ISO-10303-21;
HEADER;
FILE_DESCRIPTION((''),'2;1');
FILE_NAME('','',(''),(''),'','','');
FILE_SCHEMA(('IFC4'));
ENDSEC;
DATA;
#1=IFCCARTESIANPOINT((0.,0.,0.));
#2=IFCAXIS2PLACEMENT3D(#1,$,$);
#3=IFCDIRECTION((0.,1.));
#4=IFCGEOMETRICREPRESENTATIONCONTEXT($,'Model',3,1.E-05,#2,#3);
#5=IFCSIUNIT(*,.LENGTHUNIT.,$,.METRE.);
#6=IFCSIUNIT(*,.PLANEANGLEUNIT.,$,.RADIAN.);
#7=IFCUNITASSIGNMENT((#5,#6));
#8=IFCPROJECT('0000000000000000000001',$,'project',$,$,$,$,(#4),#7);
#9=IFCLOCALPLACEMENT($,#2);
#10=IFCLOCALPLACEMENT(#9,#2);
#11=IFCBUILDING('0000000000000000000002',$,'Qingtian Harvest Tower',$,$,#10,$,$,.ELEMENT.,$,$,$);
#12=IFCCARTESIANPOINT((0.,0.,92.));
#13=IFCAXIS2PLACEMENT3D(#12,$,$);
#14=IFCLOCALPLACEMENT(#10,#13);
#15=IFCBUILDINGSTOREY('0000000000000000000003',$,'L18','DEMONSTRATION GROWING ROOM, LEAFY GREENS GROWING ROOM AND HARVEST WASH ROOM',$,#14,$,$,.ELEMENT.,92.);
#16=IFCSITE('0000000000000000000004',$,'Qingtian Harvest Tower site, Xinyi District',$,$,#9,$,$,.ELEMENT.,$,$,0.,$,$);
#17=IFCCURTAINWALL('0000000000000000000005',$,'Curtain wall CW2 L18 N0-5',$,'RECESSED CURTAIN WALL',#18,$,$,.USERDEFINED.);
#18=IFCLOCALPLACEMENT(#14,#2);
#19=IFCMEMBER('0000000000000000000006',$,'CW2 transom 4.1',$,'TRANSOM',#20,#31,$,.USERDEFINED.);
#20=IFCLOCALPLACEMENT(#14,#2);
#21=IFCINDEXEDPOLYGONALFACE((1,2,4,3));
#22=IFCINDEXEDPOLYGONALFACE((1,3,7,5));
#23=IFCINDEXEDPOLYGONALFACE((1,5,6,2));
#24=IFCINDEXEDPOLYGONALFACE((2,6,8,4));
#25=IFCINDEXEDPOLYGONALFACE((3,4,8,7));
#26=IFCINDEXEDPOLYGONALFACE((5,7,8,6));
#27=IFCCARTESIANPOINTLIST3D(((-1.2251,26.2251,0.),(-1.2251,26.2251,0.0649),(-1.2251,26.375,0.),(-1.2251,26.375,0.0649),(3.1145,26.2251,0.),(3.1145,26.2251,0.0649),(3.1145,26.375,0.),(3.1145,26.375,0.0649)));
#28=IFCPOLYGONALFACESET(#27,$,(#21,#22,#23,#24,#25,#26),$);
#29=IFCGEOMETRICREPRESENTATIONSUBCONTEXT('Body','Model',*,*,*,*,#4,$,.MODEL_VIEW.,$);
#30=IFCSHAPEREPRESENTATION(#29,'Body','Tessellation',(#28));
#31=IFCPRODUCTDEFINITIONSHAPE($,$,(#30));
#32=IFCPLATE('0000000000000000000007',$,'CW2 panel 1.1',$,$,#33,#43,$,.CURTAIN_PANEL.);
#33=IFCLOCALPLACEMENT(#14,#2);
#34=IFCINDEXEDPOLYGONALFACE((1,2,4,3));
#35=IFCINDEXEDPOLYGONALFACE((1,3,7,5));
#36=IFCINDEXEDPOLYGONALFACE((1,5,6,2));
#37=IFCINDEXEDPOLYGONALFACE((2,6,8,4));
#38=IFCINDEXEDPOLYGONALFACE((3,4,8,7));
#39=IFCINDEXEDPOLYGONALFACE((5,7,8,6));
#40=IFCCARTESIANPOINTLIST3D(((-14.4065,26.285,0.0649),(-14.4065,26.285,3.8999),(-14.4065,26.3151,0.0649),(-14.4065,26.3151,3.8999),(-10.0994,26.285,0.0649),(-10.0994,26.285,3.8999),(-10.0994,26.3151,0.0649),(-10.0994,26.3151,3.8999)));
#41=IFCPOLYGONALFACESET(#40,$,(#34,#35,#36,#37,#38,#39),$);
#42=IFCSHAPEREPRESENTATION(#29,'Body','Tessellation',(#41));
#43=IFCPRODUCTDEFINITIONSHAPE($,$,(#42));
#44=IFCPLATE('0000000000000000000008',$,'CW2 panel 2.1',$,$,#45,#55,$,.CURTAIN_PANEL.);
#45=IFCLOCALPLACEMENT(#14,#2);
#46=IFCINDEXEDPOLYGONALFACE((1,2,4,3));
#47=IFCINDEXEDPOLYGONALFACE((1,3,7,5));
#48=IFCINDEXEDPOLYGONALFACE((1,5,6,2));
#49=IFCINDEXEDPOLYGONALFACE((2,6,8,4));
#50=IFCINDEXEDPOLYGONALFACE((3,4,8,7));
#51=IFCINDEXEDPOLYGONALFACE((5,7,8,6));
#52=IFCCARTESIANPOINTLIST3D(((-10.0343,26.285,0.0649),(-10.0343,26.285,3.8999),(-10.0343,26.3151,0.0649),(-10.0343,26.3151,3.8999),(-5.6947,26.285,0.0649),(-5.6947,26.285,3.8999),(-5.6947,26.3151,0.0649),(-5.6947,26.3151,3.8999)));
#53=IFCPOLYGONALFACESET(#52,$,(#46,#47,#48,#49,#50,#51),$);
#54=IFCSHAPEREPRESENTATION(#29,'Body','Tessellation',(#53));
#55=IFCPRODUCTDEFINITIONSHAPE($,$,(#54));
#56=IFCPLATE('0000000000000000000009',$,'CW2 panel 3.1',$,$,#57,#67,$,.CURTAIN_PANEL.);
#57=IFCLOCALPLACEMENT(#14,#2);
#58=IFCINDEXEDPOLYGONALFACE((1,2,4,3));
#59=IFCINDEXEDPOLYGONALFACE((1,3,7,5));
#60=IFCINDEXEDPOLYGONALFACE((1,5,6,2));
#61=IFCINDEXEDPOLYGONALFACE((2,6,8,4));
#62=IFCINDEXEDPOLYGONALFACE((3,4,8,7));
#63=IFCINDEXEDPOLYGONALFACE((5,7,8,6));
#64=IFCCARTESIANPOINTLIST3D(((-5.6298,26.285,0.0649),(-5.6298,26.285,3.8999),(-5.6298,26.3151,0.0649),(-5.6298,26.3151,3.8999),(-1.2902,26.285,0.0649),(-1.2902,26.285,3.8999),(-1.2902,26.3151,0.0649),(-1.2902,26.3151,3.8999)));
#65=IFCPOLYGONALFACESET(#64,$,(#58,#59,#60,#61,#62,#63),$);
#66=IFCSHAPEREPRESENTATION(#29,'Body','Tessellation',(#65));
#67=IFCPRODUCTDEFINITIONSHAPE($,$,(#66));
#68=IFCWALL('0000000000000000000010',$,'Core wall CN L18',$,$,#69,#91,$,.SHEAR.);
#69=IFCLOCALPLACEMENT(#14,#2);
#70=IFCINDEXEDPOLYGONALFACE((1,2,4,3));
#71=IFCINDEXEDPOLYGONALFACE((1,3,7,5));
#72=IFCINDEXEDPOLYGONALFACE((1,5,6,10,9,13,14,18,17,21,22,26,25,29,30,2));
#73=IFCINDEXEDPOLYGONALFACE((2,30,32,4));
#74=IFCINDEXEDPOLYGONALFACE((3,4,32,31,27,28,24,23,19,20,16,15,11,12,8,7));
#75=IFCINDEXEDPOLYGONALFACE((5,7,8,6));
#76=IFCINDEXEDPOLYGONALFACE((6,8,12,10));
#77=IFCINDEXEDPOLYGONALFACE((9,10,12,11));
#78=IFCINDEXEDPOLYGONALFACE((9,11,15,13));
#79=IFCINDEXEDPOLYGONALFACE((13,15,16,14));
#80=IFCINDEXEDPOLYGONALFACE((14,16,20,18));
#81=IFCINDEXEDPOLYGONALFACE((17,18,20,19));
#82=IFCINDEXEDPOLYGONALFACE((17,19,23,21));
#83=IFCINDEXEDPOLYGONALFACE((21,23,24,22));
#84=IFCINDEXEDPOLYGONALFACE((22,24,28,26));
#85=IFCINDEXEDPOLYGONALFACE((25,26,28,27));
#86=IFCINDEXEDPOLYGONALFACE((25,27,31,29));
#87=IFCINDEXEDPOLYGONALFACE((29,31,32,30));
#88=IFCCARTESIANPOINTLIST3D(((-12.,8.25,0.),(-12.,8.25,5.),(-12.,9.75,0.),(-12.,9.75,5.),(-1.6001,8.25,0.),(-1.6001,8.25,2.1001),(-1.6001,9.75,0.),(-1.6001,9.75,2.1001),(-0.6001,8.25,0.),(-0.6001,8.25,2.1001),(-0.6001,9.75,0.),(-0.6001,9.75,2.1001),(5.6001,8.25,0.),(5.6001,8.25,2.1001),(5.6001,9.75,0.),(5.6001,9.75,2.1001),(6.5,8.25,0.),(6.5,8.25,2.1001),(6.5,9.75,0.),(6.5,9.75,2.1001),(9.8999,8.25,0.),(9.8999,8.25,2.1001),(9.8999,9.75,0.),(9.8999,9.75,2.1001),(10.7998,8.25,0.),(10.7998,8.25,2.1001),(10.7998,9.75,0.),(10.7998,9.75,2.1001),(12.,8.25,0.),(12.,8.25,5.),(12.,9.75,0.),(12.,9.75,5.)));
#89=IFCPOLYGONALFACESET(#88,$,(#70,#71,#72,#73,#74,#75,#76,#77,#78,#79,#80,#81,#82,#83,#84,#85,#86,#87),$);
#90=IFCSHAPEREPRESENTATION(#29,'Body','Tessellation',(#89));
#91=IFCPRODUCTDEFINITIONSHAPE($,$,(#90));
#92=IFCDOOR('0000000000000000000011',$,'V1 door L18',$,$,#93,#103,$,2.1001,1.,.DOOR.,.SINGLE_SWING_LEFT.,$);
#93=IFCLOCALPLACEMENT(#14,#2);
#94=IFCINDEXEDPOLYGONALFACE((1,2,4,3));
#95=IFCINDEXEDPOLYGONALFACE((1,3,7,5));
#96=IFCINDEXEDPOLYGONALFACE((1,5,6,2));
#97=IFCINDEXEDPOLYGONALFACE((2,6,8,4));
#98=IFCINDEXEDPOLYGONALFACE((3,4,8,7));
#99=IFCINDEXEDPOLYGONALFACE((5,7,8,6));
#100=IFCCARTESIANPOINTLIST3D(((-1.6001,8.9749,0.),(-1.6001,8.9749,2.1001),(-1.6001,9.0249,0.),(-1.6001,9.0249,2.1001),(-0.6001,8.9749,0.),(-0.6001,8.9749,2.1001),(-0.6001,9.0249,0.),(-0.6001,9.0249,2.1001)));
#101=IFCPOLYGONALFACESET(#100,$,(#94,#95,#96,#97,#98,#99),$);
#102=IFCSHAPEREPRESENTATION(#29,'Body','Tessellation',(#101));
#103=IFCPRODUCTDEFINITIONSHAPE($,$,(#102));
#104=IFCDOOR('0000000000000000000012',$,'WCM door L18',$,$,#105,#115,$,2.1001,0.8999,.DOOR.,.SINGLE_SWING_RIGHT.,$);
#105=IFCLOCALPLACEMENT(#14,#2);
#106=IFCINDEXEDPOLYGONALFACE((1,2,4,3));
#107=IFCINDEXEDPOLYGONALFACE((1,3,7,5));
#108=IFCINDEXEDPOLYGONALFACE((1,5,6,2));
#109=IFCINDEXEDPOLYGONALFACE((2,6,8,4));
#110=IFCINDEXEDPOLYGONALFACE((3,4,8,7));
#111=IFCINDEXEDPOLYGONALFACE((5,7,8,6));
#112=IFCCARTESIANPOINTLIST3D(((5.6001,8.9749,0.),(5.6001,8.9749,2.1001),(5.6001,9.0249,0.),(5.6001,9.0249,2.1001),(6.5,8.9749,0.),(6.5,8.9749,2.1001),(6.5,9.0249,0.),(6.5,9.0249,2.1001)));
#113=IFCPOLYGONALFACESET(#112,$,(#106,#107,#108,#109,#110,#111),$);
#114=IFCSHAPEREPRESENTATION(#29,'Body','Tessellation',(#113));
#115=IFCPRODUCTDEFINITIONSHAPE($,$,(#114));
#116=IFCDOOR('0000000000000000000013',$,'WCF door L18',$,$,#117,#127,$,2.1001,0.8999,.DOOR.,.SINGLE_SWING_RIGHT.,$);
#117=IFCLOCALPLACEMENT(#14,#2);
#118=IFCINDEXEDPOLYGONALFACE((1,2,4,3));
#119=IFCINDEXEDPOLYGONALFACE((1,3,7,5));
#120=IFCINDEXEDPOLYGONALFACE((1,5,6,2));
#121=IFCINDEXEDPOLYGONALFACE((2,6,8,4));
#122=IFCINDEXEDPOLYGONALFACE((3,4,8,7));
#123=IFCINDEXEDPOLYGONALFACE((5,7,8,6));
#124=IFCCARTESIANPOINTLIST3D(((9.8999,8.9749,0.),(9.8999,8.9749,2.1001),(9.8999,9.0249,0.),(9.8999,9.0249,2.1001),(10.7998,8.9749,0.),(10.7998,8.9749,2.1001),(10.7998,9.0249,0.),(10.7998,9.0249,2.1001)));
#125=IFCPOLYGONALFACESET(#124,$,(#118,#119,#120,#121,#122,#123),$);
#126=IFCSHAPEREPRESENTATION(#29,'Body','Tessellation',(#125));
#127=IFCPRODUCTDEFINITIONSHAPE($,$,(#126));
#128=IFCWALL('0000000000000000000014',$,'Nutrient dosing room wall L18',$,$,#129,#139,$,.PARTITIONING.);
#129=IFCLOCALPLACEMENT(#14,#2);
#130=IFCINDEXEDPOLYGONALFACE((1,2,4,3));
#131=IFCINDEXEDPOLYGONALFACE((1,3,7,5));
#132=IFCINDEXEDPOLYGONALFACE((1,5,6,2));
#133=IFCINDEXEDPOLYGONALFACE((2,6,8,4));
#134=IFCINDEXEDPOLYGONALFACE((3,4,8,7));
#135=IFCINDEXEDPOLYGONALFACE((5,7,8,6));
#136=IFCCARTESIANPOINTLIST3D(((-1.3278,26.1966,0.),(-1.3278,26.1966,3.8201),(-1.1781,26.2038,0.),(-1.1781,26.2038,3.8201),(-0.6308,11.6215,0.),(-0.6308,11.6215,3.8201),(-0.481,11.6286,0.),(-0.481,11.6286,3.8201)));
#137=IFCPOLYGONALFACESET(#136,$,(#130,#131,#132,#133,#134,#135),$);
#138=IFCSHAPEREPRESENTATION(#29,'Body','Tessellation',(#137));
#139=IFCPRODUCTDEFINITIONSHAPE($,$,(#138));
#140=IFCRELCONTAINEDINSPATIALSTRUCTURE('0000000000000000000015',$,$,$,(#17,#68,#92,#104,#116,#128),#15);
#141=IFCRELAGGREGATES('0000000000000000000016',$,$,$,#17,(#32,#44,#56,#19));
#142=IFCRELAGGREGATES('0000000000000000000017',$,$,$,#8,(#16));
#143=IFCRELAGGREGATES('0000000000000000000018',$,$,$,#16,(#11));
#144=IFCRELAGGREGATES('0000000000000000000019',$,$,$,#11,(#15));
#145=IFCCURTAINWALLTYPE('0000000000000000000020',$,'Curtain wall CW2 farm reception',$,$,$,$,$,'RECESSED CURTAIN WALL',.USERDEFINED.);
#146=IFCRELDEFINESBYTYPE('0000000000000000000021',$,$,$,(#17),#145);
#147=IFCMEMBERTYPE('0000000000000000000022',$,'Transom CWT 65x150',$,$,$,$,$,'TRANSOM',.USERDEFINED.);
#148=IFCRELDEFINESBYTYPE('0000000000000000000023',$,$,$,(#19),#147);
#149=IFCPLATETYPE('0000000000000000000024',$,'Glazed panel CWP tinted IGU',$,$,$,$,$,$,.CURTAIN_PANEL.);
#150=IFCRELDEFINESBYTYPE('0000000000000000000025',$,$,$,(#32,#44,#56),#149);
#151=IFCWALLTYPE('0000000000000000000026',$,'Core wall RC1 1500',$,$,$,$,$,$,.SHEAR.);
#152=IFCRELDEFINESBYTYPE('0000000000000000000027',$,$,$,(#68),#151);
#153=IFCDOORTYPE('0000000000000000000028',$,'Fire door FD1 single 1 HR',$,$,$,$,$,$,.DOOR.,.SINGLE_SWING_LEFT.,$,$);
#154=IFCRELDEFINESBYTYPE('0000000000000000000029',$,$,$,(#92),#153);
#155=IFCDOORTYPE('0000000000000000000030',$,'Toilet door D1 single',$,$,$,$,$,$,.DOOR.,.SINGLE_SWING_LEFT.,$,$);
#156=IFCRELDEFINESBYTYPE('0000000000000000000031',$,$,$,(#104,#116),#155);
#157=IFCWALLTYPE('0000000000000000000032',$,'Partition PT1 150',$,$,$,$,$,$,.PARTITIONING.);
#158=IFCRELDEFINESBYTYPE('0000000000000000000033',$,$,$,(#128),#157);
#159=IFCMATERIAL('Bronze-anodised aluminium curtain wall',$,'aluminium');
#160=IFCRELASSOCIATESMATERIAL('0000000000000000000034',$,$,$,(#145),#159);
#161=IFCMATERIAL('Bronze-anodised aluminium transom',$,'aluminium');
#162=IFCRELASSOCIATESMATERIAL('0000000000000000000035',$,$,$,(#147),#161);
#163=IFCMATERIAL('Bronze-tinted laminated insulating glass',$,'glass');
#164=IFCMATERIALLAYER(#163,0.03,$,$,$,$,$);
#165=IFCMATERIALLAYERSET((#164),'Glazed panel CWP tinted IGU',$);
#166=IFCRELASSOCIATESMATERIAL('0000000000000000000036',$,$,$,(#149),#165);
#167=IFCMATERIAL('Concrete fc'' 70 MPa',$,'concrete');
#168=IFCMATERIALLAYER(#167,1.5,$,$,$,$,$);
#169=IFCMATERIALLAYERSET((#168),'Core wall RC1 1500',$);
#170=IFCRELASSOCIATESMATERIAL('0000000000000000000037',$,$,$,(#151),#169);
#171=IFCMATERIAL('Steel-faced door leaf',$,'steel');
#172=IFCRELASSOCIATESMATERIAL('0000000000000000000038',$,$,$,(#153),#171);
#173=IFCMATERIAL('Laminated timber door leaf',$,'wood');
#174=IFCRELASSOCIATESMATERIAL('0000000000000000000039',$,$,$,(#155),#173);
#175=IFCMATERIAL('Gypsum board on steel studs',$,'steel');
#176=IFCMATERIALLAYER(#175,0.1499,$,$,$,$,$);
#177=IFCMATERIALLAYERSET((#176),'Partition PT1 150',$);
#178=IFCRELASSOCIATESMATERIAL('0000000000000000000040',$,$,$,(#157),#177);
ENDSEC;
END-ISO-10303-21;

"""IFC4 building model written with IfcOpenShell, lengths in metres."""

from ifc_helpers import new_model, si_unit, direction, frame, frame_2d, origin, origin_2d, place, context, subcontext, project, spatial, rectangle, extrude, material, layer, layer_set, material_profile, profile_set, type_object, element, fill, aggregate, save


model = new_model("IFC4")

# Units and contexts
model_context = context("Model", 3, precision=1e-05, world=origin(), true_north=direction((0.0, 1.0)))
body_context = subcontext(model_context, "Body", "Model", "MODEL_VIEW")
ifc_project = project(units=[si_unit("LENGTHUNIT", "METRE"), si_unit("PLANEANGLEUNIT", "RADIAN")], contexts=[model_context])

# Site, building, storey
site_placement = place(None, origin())
site = spatial("IfcSite", under=ifc_project, at=site_placement, Name="Qingtian Harvest Tower site, Xinyi District", CompositionType="ELEMENT", RefElevation=0.0)
building_placement = place(site_placement, origin())
building = spatial("IfcBuilding", under=site, at=building_placement, Name="Qingtian Harvest Tower", CompositionType="ELEMENT")
storey_placement = place(building_placement, frame((0.0, 0.0, 92.0)))
storey = spatial("IfcBuildingStorey", under=building, at=storey_placement, Name="L18", Description="DEMONSTRATION GROWING ROOM, LEAFY GREENS GROWING ROOM AND HARVEST WASH ROOM", CompositionType="ELEMENT", Elevation=92.0)

# Curtain wall
ifc_material_1 = material(Name="Bronze-anodised aluminium curtain wall", Category="aluminium")
curtain_wall_type = type_object("IfcCurtainWallType", Name="Curtain wall CW2 farm reception", ElementType="RECESSED CURTAIN WALL", PredefinedType="USERDEFINED", material=ifc_material_1)
curtain_wall_1_placement = place(storey_placement, origin())
curtain_wall_1 = element("IfcCurtainWall", 1, at=curtain_wall_1_placement, inside=storey, type_object=curtain_wall_type, Name="Curtain wall CW2 L18 N0-5", ObjectType="RECESSED CURTAIN WALL", PredefinedType="USERDEFINED")

# Member
ifc_material_2 = material(Name="Bronze-anodised aluminium transom", Category="aluminium")
ifc_material_profile_1 = material_profile(ifc_material_2, rectangle(XDim=0.1499, YDim=0.0649, at=origin_2d()), Name="AL 65x150")
ifc_profile_set_1 = profile_set([ifc_material_profile_1], Name="Bronze-anodised aluminium transom")
member_type_1 = type_object("IfcMemberType", Name="Transom CWT 65x150", ElementType="TRANSOM", PredefinedType="USERDEFINED", material=ifc_profile_set_1)
member_1_placement = place(storey_placement, frame((-1.2251, 26.3, 0.0325), z_axis=(1.0, 0.0, 0.0), x_axis=(0.0, 1.0, 0.0)))
member_1 = element("IfcMember", 2, at=member_1_placement, type_object=member_type_1, Name="CW2 transom 4.1", ObjectType="TRANSOM", PredefinedType="USERDEFINED", context=body_context, shape_type="SweptSolid", body=[
    extrude(rectangle(XDim=0.1499, YDim=0.0649, at=origin_2d()), origin(), (0.0, 0.0, 1.0), 4.3396),
])

# Plates
ifc_material_3 = material(Name="Bronze-tinted laminated insulating glass", Category="glass")
ifc_layer_1 = layer(ifc_material_3, 0.03)
ifc_layer_set_1 = layer_set([ifc_layer_1], Name="Glazed panel CWP tinted IGU")
plate_type = type_object("IfcPlateType", Name="Glazed panel CWP tinted IGU", PredefinedType="CURTAIN_PANEL", material=ifc_layer_set_1)
plate_1_placement = place(storey_placement, frame((-12.2529, 26.3, 0.0649), z_axis=(0.0, 0.0, 1.0), x_axis=(1.0, 0.0, 0.0)))
plate_1 = element("IfcPlate", 3, at=plate_1_placement, type_object=plate_type, Name="CW2 panel 1.1", PredefinedType="CURTAIN_PANEL", context=body_context, shape_type="SweptSolid", body=[
    extrude(rectangle(XDim=4.3071, YDim=0.03, at=origin_2d()), origin(), (0.0, 0.0, 1.0), 3.835),
])
plate_2_placement = place(storey_placement, frame((-7.8645, 26.3, 0.0649), z_axis=(0.0, 0.0, 1.0), x_axis=(1.0, 0.0, 0.0)))
plate_2 = element("IfcPlate", 4, at=plate_2_placement, type_object=plate_type, Name="CW2 panel 2.1", PredefinedType="CURTAIN_PANEL", context=body_context, shape_type="SweptSolid", body=[
    extrude(rectangle(XDim=4.3396, YDim=0.03, at=origin_2d()), origin(), (0.0, 0.0, 1.0), 3.835),
])
plate_3_placement = place(storey_placement, frame((-3.46, 26.3, 0.0649), z_axis=(0.0, 0.0, 1.0), x_axis=(1.0, 0.0, 0.0)))
plate_3 = element("IfcPlate", 5, at=plate_3_placement, type_object=plate_type, Name="CW2 panel 3.1", PredefinedType="CURTAIN_PANEL", context=body_context, shape_type="SweptSolid", body=[
    extrude(rectangle(XDim=4.3396, YDim=0.03, at=origin_2d()), origin(), (0.0, 0.0, 1.0), 3.835),
])
aggregate(curtain_wall_1, [plate_1, plate_2, plate_3, member_1])

# Wall, openings, doors
ifc_material_4 = material(Name="Concrete fc' 70 MPa", Category="concrete")
ifc_layer_2 = layer(ifc_material_4, 1.5)
ifc_layer_set_2 = layer_set([ifc_layer_2], Name="Core wall RC1 1500")
wall_type_1 = type_object("IfcWallType", Name="Core wall RC1 1500", PredefinedType="SHEAR", material=ifc_layer_set_2)
wall_1_placement = place(storey_placement, frame((-12.0, 9.0, 0.0), z_axis=(0.0, 0.0, 1.0), x_axis=(1.0, 0.0, 0.0)))
wall_1 = element("IfcWall", 6, at=wall_1_placement, inside=storey, type_object=wall_type_1, Name="Core wall CN L18", PredefinedType="SHEAR", context=body_context, shape_type="SweptSolid", body=[
    extrude(rectangle(XDim=24.0, YDim=1.5, at=frame_2d((12.0, 0.0))), origin(), (0.0, 0.0, 1.0), 5.0),
])
opening_1_placement = place(wall_1_placement, frame((10.3999, 0.0, 0.0)))
opening_1 = element("IfcOpeningElement", 7, at=opening_1_placement, cuts=wall_1, PredefinedType="OPENING", context=body_context, shape_type="SweptSolid", body=[
    extrude(rectangle(XDim=1.0, YDim=2.1001, at=frame_2d((0.5, 1.05))), frame((0.0, 0.76, 0.0), z_axis=(0.0, -1.0, 0.0), x_axis=(1.0, 0.0, 0.0)), (0.0, 0.0, 1.0), 1.52),
])
opening_2_placement = place(wall_1_placement, frame((17.6001, 0.0, 0.0)))
opening_2 = element("IfcOpeningElement", 8, at=opening_2_placement, cuts=wall_1, PredefinedType="OPENING", context=body_context, shape_type="SweptSolid", body=[
    extrude(rectangle(XDim=0.8999, YDim=2.1001, at=frame_2d((0.45, 1.05))), frame((0.0, 0.76, 0.0), z_axis=(0.0, -1.0, 0.0), x_axis=(1.0, 0.0, 0.0)), (0.0, 0.0, 1.0), 1.52),
])
opening_3_placement = place(wall_1_placement, frame((21.8999, 0.0, 0.0)))
opening_3 = element("IfcOpeningElement", 9, at=opening_3_placement, cuts=wall_1, PredefinedType="OPENING", context=body_context, shape_type="SweptSolid", body=[
    extrude(rectangle(XDim=0.8999, YDim=2.1001, at=frame_2d((0.45, 1.05))), frame((0.0, 0.76, 0.0), z_axis=(0.0, -1.0, 0.0), x_axis=(1.0, 0.0, 0.0)), (0.0, 0.0, 1.0), 1.52),
])
ifc_material_5 = material(Name="Steel-faced door leaf", Category="steel")
door_type_1 = type_object("IfcDoorType", Name="Fire door FD1 single 1 HR", OperationType="SINGLE_SWING_LEFT", PredefinedType="DOOR", material=ifc_material_5)
door_1_placement = place(opening_1_placement, origin())
door_1 = element("IfcDoor", 10, at=door_1_placement, inside=storey, type_object=door_type_1, Name="V1 door L18", OperationType="SINGLE_SWING_LEFT", OverallHeight=2.1001, OverallWidth=1.0, PredefinedType="DOOR", context=body_context, shape_type="SweptSolid", body=[
    extrude(rectangle(XDim=1.0, YDim=2.1001, at=frame_2d((0.5, 1.05))), frame((0.0, 0.0249, 0.0), z_axis=(0.0, -1.0, 0.0), x_axis=(1.0, 0.0, 0.0)), (0.0, 0.0, 1.0), 0.05),
])
fill(opening_1, door_1)
ifc_material_6 = material(Name="Laminated timber door leaf", Category="wood")
door_type_2 = type_object("IfcDoorType", Name="Toilet door D1 single", OperationType="SINGLE_SWING_LEFT", PredefinedType="DOOR", material=ifc_material_6)
door_2_placement = place(opening_2_placement, origin())
door_2 = element("IfcDoor", 11, at=door_2_placement, inside=storey, type_object=door_type_2, Name="WCM door L18", OperationType="SINGLE_SWING_RIGHT", OverallHeight=2.1001, OverallWidth=0.8999, PredefinedType="DOOR", context=body_context, shape_type="SweptSolid", body=[
    extrude(rectangle(XDim=0.8999, YDim=2.1001, at=frame_2d((0.45, 1.05))), frame((0.0, 0.0249, 0.0), z_axis=(0.0, -1.0, 0.0), x_axis=(1.0, 0.0, 0.0)), (0.0, 0.0, 1.0), 0.05),
])
fill(opening_2, door_2)
door_3_placement = place(opening_3_placement, origin())
door_3 = element("IfcDoor", 12, at=door_3_placement, inside=storey, type_object=door_type_2, Name="WCF door L18", OperationType="SINGLE_SWING_RIGHT", OverallHeight=2.1001, OverallWidth=0.8999, PredefinedType="DOOR", context=body_context, shape_type="SweptSolid", body=[
    extrude(rectangle(XDim=0.8999, YDim=2.1001, at=frame_2d((0.45, 1.05))), frame((0.0, 0.0249, 0.0), z_axis=(0.0, -1.0, 0.0), x_axis=(1.0, 0.0, 0.0)), (0.0, 0.0, 1.0), 0.05),
])
fill(opening_3, door_3)

# Wall
ifc_material_7 = material(Name="Gypsum board on steel studs", Category="steel")
ifc_layer_3 = layer(ifc_material_7, 0.1499)
ifc_layer_set_3 = layer_set([ifc_layer_3], Name="Partition PT1 150")
wall_type_2 = type_object("IfcWallType", Name="Partition PT1 150", PredefinedType="PARTITIONING", material=ifc_layer_set_3)
wall_2_placement = place(storey_placement, frame((-1.2529, 26.2002, 0.0), z_axis=(0.0, 0.0, 1.0), x_axis=(0.047768, -0.998858, 0.0)))
element("IfcWall", 13, at=wall_2_placement, inside=storey, type_object=wall_type_2, Name="Nutrient dosing room wall L18", PredefinedType="PARTITIONING", context=body_context, shape_type="SweptSolid", body=[
    extrude(rectangle(XDim=14.5918, YDim=0.1499, at=frame_2d((7.2959, 0.0))), origin(), (0.0, 0.0, 1.0), 3.8201),
])

save(model, "model.ifc")
